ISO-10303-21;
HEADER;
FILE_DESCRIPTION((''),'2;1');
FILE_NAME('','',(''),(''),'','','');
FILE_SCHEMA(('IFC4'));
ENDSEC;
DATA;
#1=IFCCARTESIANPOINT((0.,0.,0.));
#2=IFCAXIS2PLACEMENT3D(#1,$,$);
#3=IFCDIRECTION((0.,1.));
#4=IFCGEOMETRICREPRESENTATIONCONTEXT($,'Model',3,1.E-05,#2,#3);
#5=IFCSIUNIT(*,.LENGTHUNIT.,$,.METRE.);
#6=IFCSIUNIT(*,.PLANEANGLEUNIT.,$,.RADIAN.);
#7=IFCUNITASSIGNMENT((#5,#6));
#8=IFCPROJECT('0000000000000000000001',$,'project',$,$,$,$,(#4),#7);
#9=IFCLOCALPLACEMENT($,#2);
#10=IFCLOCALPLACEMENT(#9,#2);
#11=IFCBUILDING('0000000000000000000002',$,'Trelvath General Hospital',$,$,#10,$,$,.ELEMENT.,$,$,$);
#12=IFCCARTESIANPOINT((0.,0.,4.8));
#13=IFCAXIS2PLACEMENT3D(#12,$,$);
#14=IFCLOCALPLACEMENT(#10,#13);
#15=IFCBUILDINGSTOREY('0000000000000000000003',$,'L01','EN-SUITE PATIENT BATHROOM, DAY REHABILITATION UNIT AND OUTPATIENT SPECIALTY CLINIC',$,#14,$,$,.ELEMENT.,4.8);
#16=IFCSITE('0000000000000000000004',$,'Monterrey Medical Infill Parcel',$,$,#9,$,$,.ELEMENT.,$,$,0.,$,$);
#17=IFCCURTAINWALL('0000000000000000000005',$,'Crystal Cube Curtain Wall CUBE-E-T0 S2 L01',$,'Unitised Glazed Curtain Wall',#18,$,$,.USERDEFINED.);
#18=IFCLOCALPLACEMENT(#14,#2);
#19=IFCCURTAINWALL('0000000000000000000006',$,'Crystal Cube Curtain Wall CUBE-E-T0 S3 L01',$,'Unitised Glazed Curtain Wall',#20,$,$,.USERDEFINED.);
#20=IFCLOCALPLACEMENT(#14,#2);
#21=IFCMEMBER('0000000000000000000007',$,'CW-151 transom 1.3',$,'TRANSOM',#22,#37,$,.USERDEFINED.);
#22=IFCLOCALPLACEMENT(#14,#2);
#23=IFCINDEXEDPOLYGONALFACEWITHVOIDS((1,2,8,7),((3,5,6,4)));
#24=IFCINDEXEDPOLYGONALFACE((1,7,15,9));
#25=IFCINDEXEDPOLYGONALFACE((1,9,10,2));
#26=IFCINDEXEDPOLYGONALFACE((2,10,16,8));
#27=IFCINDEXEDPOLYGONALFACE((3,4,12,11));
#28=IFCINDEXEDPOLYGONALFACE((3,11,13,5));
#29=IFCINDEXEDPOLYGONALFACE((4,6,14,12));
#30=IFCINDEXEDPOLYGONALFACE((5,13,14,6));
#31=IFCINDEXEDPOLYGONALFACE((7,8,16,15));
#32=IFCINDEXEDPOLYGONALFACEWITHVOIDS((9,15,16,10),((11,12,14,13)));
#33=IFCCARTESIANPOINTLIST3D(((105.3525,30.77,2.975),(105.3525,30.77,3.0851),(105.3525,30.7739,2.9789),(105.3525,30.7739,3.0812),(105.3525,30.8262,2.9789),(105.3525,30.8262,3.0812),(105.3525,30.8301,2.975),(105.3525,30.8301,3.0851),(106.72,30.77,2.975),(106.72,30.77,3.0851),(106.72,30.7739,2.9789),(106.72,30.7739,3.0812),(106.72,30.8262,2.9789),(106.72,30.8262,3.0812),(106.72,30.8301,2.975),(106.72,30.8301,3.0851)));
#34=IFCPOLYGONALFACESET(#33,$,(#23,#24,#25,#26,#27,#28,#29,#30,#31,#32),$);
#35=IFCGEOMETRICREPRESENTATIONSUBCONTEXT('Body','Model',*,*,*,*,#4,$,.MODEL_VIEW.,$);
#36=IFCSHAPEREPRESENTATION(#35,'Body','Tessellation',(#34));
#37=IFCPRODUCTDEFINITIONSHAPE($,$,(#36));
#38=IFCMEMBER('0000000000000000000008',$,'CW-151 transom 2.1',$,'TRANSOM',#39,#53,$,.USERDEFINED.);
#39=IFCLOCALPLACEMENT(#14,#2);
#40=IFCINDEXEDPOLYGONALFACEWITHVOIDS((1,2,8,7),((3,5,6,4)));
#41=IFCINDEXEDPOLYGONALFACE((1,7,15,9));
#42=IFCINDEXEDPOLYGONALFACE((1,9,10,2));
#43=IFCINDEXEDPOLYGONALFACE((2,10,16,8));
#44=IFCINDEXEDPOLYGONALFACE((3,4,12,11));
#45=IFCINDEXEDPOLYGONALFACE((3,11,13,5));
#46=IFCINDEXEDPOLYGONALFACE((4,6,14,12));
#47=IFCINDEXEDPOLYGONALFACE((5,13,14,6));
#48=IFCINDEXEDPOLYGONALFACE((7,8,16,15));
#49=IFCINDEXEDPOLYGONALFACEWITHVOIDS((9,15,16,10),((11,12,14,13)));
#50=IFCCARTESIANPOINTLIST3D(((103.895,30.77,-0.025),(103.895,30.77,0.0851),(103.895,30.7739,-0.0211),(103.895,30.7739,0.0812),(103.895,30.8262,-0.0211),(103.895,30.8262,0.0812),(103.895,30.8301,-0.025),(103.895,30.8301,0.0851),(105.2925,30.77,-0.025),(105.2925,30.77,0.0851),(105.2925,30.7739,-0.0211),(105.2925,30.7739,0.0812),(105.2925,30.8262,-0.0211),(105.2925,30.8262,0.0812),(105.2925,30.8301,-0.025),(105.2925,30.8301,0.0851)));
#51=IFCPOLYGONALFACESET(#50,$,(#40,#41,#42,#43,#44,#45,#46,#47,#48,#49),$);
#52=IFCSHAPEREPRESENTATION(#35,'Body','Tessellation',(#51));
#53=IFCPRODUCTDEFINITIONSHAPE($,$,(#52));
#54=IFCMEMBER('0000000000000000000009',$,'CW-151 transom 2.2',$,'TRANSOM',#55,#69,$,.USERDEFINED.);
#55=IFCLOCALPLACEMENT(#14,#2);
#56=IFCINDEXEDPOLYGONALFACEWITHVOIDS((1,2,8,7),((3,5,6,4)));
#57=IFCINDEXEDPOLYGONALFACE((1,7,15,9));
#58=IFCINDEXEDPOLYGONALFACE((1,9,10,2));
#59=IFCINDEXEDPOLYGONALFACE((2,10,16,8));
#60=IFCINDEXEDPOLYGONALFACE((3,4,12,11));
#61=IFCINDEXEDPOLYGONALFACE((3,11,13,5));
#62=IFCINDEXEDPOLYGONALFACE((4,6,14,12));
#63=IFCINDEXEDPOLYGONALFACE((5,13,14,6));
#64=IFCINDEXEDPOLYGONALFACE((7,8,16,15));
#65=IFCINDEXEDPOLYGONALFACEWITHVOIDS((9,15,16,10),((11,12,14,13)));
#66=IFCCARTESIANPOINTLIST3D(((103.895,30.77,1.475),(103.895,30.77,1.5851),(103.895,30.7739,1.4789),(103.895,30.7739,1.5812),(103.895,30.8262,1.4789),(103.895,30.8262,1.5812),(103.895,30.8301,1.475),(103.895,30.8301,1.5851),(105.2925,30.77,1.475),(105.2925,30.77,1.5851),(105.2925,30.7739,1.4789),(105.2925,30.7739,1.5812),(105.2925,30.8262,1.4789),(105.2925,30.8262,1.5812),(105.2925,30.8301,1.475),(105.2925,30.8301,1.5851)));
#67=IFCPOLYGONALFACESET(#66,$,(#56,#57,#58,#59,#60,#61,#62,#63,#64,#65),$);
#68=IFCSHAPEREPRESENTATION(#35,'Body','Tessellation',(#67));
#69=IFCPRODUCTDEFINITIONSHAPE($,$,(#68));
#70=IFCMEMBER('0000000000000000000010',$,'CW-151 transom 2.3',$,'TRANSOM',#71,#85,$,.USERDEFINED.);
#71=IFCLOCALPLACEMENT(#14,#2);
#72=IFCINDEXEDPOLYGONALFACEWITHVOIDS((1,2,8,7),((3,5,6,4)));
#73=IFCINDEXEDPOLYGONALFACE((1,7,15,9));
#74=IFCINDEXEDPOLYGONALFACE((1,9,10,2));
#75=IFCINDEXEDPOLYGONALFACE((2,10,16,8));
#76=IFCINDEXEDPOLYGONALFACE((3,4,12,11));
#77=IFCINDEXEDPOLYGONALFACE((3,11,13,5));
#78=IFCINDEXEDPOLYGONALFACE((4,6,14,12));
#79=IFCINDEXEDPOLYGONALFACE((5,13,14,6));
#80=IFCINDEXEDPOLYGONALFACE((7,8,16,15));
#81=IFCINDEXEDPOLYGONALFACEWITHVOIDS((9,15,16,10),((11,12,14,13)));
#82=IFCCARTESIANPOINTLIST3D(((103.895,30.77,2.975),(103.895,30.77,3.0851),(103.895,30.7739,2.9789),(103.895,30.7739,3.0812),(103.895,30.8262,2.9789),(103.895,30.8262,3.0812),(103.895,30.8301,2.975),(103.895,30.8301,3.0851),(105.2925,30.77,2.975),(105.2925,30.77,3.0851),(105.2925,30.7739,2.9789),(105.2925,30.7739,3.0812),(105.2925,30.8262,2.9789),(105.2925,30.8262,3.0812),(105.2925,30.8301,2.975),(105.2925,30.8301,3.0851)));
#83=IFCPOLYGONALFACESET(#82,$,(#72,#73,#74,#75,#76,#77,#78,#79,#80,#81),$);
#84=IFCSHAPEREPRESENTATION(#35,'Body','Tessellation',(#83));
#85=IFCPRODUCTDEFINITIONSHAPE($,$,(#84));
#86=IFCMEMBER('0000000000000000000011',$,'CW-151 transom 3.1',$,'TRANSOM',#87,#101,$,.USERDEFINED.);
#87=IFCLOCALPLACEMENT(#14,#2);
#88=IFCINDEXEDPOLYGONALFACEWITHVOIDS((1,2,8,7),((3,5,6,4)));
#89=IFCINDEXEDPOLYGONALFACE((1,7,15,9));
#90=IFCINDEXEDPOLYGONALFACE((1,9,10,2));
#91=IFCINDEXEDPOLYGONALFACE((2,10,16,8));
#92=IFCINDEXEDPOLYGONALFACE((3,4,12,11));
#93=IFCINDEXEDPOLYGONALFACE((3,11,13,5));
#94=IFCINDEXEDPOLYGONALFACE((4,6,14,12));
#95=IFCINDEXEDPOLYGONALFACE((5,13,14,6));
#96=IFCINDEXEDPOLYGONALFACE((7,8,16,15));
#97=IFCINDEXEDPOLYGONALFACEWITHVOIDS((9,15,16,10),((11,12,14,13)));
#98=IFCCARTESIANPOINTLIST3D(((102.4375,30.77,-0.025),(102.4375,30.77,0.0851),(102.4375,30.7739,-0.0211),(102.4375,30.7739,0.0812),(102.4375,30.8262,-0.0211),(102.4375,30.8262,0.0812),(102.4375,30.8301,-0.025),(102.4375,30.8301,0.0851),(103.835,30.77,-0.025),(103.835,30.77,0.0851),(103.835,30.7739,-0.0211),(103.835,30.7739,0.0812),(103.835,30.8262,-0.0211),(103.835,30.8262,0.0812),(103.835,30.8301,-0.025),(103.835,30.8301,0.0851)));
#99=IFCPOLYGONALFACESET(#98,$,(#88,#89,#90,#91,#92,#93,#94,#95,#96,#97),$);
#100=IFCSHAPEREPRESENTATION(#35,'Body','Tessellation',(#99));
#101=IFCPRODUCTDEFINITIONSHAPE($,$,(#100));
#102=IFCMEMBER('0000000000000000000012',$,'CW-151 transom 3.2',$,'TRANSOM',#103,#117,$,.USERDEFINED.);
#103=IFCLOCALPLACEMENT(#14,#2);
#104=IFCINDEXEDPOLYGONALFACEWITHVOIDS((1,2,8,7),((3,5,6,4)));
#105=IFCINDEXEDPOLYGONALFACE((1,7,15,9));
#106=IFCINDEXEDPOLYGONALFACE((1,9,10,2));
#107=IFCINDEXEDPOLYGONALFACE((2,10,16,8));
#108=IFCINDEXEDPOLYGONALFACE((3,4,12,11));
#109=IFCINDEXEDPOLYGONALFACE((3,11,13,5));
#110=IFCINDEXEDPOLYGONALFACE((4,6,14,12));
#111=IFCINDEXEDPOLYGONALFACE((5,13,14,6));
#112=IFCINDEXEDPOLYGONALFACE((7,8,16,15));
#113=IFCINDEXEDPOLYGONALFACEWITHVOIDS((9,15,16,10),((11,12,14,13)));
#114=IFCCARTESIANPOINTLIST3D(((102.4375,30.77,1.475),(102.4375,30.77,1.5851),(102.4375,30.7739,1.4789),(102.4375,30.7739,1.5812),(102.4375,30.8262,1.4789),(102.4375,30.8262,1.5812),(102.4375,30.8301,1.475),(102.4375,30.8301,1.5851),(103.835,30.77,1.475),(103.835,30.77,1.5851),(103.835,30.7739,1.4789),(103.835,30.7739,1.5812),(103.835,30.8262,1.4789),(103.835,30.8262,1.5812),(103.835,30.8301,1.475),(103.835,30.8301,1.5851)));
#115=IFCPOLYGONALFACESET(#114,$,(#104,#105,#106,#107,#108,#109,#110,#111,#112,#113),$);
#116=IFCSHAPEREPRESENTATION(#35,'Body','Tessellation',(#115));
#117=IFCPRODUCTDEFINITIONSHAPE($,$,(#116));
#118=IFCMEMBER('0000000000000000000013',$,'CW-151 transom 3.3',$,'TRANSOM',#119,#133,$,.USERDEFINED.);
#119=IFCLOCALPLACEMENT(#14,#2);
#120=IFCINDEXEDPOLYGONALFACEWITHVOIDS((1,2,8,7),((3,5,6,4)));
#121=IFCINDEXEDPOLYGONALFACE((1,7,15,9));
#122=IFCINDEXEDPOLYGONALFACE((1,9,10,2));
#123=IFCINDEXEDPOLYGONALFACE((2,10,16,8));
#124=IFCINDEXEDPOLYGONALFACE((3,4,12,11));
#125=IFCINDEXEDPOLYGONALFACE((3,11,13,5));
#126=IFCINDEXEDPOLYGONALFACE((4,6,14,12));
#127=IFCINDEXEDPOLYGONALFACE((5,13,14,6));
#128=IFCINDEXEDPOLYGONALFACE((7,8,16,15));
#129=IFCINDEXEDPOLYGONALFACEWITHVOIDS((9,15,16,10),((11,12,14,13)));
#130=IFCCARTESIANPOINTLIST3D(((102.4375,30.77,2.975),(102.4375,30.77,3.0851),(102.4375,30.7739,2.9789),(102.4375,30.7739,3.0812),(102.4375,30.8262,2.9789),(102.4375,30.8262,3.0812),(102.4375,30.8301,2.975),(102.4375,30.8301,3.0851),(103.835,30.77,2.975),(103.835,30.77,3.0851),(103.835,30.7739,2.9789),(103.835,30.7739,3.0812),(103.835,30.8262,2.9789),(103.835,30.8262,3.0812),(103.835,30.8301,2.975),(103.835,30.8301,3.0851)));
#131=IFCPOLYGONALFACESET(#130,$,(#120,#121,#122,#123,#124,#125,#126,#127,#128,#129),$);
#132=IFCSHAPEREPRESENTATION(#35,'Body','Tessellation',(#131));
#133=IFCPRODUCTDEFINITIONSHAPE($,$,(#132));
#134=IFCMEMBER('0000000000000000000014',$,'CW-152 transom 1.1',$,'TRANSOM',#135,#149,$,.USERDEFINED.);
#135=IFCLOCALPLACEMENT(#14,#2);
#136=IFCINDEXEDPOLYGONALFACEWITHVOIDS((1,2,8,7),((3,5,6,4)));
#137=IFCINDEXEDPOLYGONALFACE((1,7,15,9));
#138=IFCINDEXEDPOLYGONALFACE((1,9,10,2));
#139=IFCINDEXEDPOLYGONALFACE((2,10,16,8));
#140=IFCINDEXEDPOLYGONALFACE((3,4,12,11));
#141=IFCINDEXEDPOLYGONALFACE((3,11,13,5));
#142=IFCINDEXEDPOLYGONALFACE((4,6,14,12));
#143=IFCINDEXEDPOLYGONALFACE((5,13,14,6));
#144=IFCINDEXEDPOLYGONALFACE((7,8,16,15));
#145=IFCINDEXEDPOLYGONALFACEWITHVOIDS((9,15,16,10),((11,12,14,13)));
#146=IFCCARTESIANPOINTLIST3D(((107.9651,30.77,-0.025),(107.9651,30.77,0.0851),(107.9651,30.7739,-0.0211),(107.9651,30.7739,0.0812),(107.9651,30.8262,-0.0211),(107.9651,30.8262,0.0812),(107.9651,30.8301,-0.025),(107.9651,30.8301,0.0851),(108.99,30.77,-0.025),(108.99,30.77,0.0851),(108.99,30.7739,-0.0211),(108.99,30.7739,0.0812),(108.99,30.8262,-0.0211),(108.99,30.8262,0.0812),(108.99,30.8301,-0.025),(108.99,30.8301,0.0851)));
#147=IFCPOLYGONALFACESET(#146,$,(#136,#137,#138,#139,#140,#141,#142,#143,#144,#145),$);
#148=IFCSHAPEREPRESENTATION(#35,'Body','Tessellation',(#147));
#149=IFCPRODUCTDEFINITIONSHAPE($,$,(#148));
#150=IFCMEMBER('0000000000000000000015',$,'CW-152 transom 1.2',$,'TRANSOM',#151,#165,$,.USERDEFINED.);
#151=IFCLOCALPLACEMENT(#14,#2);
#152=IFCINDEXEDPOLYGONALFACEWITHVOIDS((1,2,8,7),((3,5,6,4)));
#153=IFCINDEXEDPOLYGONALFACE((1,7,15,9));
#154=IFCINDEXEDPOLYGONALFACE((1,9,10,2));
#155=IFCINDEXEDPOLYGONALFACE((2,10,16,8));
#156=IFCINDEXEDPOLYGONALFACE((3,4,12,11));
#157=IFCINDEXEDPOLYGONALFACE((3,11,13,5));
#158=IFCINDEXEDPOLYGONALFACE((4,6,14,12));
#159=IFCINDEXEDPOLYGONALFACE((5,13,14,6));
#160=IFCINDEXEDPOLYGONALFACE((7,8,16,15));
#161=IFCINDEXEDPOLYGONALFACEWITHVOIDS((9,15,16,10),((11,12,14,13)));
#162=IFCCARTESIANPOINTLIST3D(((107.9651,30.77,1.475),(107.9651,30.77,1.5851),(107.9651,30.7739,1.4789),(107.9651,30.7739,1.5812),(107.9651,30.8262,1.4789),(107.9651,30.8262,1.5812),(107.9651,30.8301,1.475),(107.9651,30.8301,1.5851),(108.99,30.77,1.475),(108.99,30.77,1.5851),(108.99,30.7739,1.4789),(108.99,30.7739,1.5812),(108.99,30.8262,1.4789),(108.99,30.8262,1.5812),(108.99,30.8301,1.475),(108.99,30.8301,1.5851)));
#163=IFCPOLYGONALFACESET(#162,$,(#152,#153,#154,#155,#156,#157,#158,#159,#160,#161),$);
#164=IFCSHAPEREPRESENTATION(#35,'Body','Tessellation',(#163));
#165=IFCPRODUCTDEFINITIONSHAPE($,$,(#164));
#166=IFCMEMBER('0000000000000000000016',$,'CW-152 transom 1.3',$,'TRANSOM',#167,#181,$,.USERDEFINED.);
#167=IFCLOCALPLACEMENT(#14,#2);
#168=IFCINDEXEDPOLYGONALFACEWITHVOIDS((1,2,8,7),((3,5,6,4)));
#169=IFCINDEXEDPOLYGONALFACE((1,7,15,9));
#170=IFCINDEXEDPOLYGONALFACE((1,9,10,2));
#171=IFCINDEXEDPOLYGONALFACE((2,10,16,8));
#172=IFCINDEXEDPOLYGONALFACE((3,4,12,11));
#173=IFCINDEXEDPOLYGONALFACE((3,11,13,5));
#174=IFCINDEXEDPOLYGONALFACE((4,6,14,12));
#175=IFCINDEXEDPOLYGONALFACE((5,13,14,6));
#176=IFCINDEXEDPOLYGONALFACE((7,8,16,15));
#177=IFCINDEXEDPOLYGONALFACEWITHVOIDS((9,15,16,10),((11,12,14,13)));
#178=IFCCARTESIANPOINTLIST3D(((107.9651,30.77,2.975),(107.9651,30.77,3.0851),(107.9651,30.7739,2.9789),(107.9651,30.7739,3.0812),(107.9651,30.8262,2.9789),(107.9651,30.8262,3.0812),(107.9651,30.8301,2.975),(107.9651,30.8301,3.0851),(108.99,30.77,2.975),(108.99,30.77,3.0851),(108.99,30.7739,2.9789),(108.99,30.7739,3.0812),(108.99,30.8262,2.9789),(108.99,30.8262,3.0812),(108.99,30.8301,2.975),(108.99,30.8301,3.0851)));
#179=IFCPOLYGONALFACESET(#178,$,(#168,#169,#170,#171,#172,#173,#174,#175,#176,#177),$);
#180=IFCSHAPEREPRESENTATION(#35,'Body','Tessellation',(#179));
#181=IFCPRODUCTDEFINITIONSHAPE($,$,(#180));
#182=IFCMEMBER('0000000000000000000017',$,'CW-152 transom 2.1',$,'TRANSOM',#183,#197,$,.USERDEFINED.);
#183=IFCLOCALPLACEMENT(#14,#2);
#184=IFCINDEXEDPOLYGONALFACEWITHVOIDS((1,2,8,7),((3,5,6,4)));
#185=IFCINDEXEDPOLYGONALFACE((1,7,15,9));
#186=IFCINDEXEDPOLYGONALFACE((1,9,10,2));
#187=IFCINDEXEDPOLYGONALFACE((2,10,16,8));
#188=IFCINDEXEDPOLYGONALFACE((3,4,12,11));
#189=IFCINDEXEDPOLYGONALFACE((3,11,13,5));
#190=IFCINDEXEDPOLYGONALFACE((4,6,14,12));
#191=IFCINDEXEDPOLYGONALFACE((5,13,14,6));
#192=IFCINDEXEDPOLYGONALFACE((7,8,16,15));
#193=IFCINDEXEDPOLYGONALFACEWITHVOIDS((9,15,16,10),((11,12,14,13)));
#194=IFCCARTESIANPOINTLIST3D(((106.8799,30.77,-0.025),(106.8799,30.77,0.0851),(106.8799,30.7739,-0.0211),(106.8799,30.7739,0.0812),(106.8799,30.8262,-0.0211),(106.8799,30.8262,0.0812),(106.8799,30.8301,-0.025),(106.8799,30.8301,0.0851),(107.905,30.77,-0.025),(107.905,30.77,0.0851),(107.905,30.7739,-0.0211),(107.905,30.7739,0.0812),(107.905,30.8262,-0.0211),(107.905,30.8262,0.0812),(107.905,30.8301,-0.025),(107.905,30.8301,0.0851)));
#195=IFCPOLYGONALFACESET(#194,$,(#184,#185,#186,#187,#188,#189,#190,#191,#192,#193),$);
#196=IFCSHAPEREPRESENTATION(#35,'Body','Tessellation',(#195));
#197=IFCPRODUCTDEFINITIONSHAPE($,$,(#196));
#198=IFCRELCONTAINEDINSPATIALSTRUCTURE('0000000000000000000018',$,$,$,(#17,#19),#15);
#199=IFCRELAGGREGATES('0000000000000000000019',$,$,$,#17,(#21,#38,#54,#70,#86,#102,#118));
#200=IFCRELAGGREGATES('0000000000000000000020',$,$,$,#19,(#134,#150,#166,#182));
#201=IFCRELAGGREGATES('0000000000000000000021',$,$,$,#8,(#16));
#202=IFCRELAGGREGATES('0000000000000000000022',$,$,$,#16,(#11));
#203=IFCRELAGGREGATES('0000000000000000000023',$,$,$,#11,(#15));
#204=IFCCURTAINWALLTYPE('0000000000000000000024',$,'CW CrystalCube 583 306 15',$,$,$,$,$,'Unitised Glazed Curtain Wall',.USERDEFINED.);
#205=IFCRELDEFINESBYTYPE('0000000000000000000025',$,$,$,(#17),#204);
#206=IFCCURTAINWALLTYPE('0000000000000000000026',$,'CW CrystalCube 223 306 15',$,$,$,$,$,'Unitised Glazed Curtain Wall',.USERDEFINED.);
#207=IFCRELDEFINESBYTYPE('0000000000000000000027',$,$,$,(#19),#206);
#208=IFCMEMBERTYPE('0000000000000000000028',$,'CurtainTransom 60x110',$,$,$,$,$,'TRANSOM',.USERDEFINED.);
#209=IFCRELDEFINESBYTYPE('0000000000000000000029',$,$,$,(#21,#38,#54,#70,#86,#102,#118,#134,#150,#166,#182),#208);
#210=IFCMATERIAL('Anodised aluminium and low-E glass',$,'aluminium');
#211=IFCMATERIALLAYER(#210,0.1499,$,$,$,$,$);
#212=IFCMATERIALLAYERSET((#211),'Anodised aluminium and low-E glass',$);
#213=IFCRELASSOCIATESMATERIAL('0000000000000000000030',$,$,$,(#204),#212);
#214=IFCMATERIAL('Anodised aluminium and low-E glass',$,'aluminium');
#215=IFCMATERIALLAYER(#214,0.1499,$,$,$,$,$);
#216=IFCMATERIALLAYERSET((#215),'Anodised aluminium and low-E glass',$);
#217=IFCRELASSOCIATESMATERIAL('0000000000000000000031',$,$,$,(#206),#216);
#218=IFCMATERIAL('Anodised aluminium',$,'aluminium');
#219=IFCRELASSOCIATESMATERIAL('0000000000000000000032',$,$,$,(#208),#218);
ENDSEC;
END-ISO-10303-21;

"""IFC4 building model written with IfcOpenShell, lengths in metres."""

from ifc_helpers import new_model, si_unit, direction, frame, origin, origin_2d, place, context, subcontext, project, spatial, hollow_rectangle, extrude, material, layer, layer_set, material_profile, profile_set, type_object, element, aggregate, save


model = new_model("IFC4")

# Units and contexts
model_context = context("Model", 3, precision=1e-05, world=origin(), true_north=direction((0.0, 1.0)))
body_context = subcontext(model_context, "Body", "Model", "MODEL_VIEW")
ifc_project = project(units=[si_unit("LENGTHUNIT", "METRE"), si_unit("PLANEANGLEUNIT", "RADIAN")], contexts=[model_context])

# Site, building, storey
site_placement = place(None, origin())
site = spatial("IfcSite", under=ifc_project, at=site_placement, Name="Monterrey Medical Infill Parcel", CompositionType="ELEMENT", RefElevation=0.0)
building_placement = place(site_placement, origin())
building = spatial("IfcBuilding", under=site, at=building_placement, Name="Trelvath General Hospital", CompositionType="ELEMENT")
storey_placement = place(building_placement, frame((0.0, 0.0, 4.8)))
storey = spatial("IfcBuildingStorey", under=building, at=storey_placement, Name="L01", Description="EN-SUITE PATIENT BATHROOM, DAY REHABILITATION UNIT AND OUTPATIENT SPECIALTY CLINIC", CompositionType="ELEMENT", Elevation=4.8)

# Curtain walls
ifc_material_1 = material(Name="Anodised aluminium and low-E glass", Category="aluminium")
ifc_layer_1 = layer(ifc_material_1, 0.1499)
ifc_layer_set_1 = layer_set([ifc_layer_1], Name="Anodised aluminium and low-E glass")
curtain_wall_type_1 = type_object("IfcCurtainWallType", Name="CW CrystalCube 583 306 15", ElementType="Unitised Glazed Curtain Wall", PredefinedType="USERDEFINED", material=ifc_layer_set_1)
curtain_wall_1_placement = place(storey_placement, origin())
curtain_wall_1 = element("IfcCurtainWall", 1, at=curtain_wall_1_placement, inside=storey, type_object=curtain_wall_type_1, Name="Crystal Cube Curtain Wall CUBE-E-T0 S2 L01", ObjectType="Unitised Glazed Curtain Wall", PredefinedType="USERDEFINED")
ifc_material_2 = material(Name="Anodised aluminium and low-E glass", Category="aluminium")
ifc_layer_2 = layer(ifc_material_2, 0.1499)
ifc_layer_set_2 = layer_set([ifc_layer_2], Name="Anodised aluminium and low-E glass")
curtain_wall_type_2 = type_object("IfcCurtainWallType", Name="CW CrystalCube 223 306 15", ElementType="Unitised Glazed Curtain Wall", PredefinedType="USERDEFINED", material=ifc_layer_set_2)
curtain_wall_2_placement = place(storey_placement, origin())
curtain_wall_2 = element("IfcCurtainWall", 2, at=curtain_wall_2_placement, inside=storey, type_object=curtain_wall_type_2, Name="Crystal Cube Curtain Wall CUBE-E-T0 S3 L01", ObjectType="Unitised Glazed Curtain Wall", PredefinedType="USERDEFINED")

# Members
ifc_material_3 = material(Name="Anodised aluminium", Category="aluminium")
ifc_material_profile_1 = material_profile(ifc_material_3, hollow_rectangle(XDim=0.0601, YDim=0.1101, WallThickness=0.0039, at=origin_2d()), Name="RHS60x110x4")
ifc_profile_set_1 = profile_set([ifc_material_profile_1], Name="Anodised aluminium")
member_type_1 = type_object("IfcMemberType", Name="CurtainTransom 60x110", ElementType="TRANSOM", PredefinedType="USERDEFINED", material=ifc_profile_set_1)
member_1_placement = place(storey_placement, frame((106.72, 30.8, 3.03), z_axis=(-1.0, 0.0, 0.0), x_axis=(0.0, -1.0, 0.0)))
member_1 = element("IfcMember", 3, at=member_1_placement, type_object=member_type_1, Name="CW-151 transom 1.3", ObjectType="TRANSOM", PredefinedType="USERDEFINED", context=body_context, shape_type="SweptSolid", body=[
    extrude(hollow_rectangle(XDim=0.0601, YDim=0.1101, WallThickness=0.0039, at=origin_2d()), origin(), (0.0, 0.0, 1.0), 1.3674),
])
member_2_placement = place(storey_placement, frame((105.2925, 30.8, 0.03), z_axis=(-1.0, 0.0, 0.0), x_axis=(0.0, -1.0, 0.0)))
member_2 = element("IfcMember", 4, at=member_2_placement, type_object=member_type_1, Name="CW-151 transom 2.1", ObjectType="TRANSOM", PredefinedType="USERDEFINED", context=body_context, shape_type="SweptSolid", body=[
    extrude(hollow_rectangle(XDim=0.0601, YDim=0.1101, WallThickness=0.0039, at=origin_2d()), origin(), (0.0, 0.0, 1.0), 1.3975),
])
member_3_placement = place(storey_placement, frame((105.2925, 30.8, 1.53), z_axis=(-1.0, 0.0, 0.0), x_axis=(0.0, -1.0, 0.0)))
member_3 = element("IfcMember", 5, at=member_3_placement, type_object=member_type_1, Name="CW-151 transom 2.2", ObjectType="TRANSOM", PredefinedType="USERDEFINED", context=body_context, shape_type="SweptSolid", body=[
    extrude(hollow_rectangle(XDim=0.0601, YDim=0.1101, WallThickness=0.0039, at=origin_2d()), origin(), (0.0, 0.0, 1.0), 1.3975),
])
member_4_placement = place(storey_placement, frame((105.2925, 30.8, 3.03), z_axis=(-1.0, 0.0, 0.0), x_axis=(0.0, -1.0, 0.0)))
member_4 = element("IfcMember", 6, at=member_4_placement, type_object=member_type_1, Name="CW-151 transom 2.3", ObjectType="TRANSOM", PredefinedType="USERDEFINED", context=body_context, shape_type="SweptSolid", body=[
    extrude(hollow_rectangle(XDim=0.0601, YDim=0.1101, WallThickness=0.0039, at=origin_2d()), origin(), (0.0, 0.0, 1.0), 1.3975),
])
member_5_placement = place(storey_placement, frame((103.835, 30.8, 0.03), z_axis=(-1.0, 0.0, 0.0), x_axis=(0.0, -1.0, 0.0)))
member_5 = element("IfcMember", 7, at=member_5_placement, type_object=member_type_1, Name="CW-151 transom 3.1", ObjectType="TRANSOM", PredefinedType="USERDEFINED", context=body_context, shape_type="SweptSolid", body=[
    extrude(hollow_rectangle(XDim=0.0601, YDim=0.1101, WallThickness=0.0039, at=origin_2d()), origin(), (0.0, 0.0, 1.0), 1.3975),
])
member_6_placement = place(storey_placement, frame((103.835, 30.8, 1.53), z_axis=(-1.0, 0.0, 0.0), x_axis=(0.0, -1.0, 0.0)))
member_6 = element("IfcMember", 8, at=member_6_placement, type_object=member_type_1, Name="CW-151 transom 3.2", ObjectType="TRANSOM", PredefinedType="USERDEFINED", context=body_context, shape_type="SweptSolid", body=[
    extrude(hollow_rectangle(XDim=0.0601, YDim=0.1101, WallThickness=0.0039, at=origin_2d()), origin(), (0.0, 0.0, 1.0), 1.3975),
])
member_7_placement = place(storey_placement, frame((103.835, 30.8, 3.03), z_axis=(-1.0, 0.0, 0.0), x_axis=(0.0, -1.0, 0.0)))
member_7 = element("IfcMember", 9, at=member_7_placement, type_object=member_type_1, Name="CW-151 transom 3.3", ObjectType="TRANSOM", PredefinedType="USERDEFINED", context=body_context, shape_type="SweptSolid", body=[
    extrude(hollow_rectangle(XDim=0.0601, YDim=0.1101, WallThickness=0.0039, at=origin_2d()), origin(), (0.0, 0.0, 1.0), 1.3975),
])
member_8_placement = place(storey_placement, frame((108.99, 30.8, 0.03), z_axis=(-1.0, 0.0, 0.0), x_axis=(0.0, -1.0, 0.0)))
member_8 = element("IfcMember", 10, at=member_8_placement, type_object=member_type_1, Name="CW-152 transom 1.1", ObjectType="TRANSOM", PredefinedType="USERDEFINED", context=body_context, shape_type="SweptSolid", body=[
    extrude(hollow_rectangle(XDim=0.0601, YDim=0.1101, WallThickness=0.0039, at=origin_2d()), origin(), (0.0, 0.0, 1.0), 1.0249),
])
member_9_placement = place(storey_placement, frame((108.99, 30.8, 1.53), z_axis=(-1.0, 0.0, 0.0), x_axis=(0.0, -1.0, 0.0)))
member_9 = element("IfcMember", 11, at=member_9_placement, type_object=member_type_1, Name="CW-152 transom 1.2", ObjectType="TRANSOM", PredefinedType="USERDEFINED", context=body_context, shape_type="SweptSolid", body=[
    extrude(hollow_rectangle(XDim=0.0601, YDim=0.1101, WallThickness=0.0039, at=origin_2d()), origin(), (0.0, 0.0, 1.0), 1.0249),
])
member_10_placement = place(storey_placement, frame((108.99, 30.8, 3.03), z_axis=(-1.0, 0.0, 0.0), x_axis=(0.0, -1.0, 0.0)))
member_10 = element("IfcMember", 12, at=member_10_placement, type_object=member_type_1, Name="CW-152 transom 1.3", ObjectType="TRANSOM", PredefinedType="USERDEFINED", context=body_context, shape_type="SweptSolid", body=[
    extrude(hollow_rectangle(XDim=0.0601, YDim=0.1101, WallThickness=0.0039, at=origin_2d()), origin(), (0.0, 0.0, 1.0), 1.0249),
])
member_11_placement = place(storey_placement, frame((107.905, 30.8, 0.03), z_axis=(-1.0, 0.0, 0.0), x_axis=(0.0, -1.0, 0.0)))
member_11 = element("IfcMember", 13, at=member_11_placement, type_object=member_type_1, Name="CW-152 transom 2.1", ObjectType="TRANSOM", PredefinedType="USERDEFINED", context=body_context, shape_type="SweptSolid", body=[
    extrude(hollow_rectangle(XDim=0.0601, YDim=0.1101, WallThickness=0.0039, at=origin_2d()), origin(), (0.0, 0.0, 1.0), 1.0251),
])

aggregate(curtain_wall_1, [member_1, member_2, member_3, member_4, member_5, member_6, member_7])
aggregate(curtain_wall_2, [member_8, member_9, member_10, member_11])

save(model, "model.ifc")
